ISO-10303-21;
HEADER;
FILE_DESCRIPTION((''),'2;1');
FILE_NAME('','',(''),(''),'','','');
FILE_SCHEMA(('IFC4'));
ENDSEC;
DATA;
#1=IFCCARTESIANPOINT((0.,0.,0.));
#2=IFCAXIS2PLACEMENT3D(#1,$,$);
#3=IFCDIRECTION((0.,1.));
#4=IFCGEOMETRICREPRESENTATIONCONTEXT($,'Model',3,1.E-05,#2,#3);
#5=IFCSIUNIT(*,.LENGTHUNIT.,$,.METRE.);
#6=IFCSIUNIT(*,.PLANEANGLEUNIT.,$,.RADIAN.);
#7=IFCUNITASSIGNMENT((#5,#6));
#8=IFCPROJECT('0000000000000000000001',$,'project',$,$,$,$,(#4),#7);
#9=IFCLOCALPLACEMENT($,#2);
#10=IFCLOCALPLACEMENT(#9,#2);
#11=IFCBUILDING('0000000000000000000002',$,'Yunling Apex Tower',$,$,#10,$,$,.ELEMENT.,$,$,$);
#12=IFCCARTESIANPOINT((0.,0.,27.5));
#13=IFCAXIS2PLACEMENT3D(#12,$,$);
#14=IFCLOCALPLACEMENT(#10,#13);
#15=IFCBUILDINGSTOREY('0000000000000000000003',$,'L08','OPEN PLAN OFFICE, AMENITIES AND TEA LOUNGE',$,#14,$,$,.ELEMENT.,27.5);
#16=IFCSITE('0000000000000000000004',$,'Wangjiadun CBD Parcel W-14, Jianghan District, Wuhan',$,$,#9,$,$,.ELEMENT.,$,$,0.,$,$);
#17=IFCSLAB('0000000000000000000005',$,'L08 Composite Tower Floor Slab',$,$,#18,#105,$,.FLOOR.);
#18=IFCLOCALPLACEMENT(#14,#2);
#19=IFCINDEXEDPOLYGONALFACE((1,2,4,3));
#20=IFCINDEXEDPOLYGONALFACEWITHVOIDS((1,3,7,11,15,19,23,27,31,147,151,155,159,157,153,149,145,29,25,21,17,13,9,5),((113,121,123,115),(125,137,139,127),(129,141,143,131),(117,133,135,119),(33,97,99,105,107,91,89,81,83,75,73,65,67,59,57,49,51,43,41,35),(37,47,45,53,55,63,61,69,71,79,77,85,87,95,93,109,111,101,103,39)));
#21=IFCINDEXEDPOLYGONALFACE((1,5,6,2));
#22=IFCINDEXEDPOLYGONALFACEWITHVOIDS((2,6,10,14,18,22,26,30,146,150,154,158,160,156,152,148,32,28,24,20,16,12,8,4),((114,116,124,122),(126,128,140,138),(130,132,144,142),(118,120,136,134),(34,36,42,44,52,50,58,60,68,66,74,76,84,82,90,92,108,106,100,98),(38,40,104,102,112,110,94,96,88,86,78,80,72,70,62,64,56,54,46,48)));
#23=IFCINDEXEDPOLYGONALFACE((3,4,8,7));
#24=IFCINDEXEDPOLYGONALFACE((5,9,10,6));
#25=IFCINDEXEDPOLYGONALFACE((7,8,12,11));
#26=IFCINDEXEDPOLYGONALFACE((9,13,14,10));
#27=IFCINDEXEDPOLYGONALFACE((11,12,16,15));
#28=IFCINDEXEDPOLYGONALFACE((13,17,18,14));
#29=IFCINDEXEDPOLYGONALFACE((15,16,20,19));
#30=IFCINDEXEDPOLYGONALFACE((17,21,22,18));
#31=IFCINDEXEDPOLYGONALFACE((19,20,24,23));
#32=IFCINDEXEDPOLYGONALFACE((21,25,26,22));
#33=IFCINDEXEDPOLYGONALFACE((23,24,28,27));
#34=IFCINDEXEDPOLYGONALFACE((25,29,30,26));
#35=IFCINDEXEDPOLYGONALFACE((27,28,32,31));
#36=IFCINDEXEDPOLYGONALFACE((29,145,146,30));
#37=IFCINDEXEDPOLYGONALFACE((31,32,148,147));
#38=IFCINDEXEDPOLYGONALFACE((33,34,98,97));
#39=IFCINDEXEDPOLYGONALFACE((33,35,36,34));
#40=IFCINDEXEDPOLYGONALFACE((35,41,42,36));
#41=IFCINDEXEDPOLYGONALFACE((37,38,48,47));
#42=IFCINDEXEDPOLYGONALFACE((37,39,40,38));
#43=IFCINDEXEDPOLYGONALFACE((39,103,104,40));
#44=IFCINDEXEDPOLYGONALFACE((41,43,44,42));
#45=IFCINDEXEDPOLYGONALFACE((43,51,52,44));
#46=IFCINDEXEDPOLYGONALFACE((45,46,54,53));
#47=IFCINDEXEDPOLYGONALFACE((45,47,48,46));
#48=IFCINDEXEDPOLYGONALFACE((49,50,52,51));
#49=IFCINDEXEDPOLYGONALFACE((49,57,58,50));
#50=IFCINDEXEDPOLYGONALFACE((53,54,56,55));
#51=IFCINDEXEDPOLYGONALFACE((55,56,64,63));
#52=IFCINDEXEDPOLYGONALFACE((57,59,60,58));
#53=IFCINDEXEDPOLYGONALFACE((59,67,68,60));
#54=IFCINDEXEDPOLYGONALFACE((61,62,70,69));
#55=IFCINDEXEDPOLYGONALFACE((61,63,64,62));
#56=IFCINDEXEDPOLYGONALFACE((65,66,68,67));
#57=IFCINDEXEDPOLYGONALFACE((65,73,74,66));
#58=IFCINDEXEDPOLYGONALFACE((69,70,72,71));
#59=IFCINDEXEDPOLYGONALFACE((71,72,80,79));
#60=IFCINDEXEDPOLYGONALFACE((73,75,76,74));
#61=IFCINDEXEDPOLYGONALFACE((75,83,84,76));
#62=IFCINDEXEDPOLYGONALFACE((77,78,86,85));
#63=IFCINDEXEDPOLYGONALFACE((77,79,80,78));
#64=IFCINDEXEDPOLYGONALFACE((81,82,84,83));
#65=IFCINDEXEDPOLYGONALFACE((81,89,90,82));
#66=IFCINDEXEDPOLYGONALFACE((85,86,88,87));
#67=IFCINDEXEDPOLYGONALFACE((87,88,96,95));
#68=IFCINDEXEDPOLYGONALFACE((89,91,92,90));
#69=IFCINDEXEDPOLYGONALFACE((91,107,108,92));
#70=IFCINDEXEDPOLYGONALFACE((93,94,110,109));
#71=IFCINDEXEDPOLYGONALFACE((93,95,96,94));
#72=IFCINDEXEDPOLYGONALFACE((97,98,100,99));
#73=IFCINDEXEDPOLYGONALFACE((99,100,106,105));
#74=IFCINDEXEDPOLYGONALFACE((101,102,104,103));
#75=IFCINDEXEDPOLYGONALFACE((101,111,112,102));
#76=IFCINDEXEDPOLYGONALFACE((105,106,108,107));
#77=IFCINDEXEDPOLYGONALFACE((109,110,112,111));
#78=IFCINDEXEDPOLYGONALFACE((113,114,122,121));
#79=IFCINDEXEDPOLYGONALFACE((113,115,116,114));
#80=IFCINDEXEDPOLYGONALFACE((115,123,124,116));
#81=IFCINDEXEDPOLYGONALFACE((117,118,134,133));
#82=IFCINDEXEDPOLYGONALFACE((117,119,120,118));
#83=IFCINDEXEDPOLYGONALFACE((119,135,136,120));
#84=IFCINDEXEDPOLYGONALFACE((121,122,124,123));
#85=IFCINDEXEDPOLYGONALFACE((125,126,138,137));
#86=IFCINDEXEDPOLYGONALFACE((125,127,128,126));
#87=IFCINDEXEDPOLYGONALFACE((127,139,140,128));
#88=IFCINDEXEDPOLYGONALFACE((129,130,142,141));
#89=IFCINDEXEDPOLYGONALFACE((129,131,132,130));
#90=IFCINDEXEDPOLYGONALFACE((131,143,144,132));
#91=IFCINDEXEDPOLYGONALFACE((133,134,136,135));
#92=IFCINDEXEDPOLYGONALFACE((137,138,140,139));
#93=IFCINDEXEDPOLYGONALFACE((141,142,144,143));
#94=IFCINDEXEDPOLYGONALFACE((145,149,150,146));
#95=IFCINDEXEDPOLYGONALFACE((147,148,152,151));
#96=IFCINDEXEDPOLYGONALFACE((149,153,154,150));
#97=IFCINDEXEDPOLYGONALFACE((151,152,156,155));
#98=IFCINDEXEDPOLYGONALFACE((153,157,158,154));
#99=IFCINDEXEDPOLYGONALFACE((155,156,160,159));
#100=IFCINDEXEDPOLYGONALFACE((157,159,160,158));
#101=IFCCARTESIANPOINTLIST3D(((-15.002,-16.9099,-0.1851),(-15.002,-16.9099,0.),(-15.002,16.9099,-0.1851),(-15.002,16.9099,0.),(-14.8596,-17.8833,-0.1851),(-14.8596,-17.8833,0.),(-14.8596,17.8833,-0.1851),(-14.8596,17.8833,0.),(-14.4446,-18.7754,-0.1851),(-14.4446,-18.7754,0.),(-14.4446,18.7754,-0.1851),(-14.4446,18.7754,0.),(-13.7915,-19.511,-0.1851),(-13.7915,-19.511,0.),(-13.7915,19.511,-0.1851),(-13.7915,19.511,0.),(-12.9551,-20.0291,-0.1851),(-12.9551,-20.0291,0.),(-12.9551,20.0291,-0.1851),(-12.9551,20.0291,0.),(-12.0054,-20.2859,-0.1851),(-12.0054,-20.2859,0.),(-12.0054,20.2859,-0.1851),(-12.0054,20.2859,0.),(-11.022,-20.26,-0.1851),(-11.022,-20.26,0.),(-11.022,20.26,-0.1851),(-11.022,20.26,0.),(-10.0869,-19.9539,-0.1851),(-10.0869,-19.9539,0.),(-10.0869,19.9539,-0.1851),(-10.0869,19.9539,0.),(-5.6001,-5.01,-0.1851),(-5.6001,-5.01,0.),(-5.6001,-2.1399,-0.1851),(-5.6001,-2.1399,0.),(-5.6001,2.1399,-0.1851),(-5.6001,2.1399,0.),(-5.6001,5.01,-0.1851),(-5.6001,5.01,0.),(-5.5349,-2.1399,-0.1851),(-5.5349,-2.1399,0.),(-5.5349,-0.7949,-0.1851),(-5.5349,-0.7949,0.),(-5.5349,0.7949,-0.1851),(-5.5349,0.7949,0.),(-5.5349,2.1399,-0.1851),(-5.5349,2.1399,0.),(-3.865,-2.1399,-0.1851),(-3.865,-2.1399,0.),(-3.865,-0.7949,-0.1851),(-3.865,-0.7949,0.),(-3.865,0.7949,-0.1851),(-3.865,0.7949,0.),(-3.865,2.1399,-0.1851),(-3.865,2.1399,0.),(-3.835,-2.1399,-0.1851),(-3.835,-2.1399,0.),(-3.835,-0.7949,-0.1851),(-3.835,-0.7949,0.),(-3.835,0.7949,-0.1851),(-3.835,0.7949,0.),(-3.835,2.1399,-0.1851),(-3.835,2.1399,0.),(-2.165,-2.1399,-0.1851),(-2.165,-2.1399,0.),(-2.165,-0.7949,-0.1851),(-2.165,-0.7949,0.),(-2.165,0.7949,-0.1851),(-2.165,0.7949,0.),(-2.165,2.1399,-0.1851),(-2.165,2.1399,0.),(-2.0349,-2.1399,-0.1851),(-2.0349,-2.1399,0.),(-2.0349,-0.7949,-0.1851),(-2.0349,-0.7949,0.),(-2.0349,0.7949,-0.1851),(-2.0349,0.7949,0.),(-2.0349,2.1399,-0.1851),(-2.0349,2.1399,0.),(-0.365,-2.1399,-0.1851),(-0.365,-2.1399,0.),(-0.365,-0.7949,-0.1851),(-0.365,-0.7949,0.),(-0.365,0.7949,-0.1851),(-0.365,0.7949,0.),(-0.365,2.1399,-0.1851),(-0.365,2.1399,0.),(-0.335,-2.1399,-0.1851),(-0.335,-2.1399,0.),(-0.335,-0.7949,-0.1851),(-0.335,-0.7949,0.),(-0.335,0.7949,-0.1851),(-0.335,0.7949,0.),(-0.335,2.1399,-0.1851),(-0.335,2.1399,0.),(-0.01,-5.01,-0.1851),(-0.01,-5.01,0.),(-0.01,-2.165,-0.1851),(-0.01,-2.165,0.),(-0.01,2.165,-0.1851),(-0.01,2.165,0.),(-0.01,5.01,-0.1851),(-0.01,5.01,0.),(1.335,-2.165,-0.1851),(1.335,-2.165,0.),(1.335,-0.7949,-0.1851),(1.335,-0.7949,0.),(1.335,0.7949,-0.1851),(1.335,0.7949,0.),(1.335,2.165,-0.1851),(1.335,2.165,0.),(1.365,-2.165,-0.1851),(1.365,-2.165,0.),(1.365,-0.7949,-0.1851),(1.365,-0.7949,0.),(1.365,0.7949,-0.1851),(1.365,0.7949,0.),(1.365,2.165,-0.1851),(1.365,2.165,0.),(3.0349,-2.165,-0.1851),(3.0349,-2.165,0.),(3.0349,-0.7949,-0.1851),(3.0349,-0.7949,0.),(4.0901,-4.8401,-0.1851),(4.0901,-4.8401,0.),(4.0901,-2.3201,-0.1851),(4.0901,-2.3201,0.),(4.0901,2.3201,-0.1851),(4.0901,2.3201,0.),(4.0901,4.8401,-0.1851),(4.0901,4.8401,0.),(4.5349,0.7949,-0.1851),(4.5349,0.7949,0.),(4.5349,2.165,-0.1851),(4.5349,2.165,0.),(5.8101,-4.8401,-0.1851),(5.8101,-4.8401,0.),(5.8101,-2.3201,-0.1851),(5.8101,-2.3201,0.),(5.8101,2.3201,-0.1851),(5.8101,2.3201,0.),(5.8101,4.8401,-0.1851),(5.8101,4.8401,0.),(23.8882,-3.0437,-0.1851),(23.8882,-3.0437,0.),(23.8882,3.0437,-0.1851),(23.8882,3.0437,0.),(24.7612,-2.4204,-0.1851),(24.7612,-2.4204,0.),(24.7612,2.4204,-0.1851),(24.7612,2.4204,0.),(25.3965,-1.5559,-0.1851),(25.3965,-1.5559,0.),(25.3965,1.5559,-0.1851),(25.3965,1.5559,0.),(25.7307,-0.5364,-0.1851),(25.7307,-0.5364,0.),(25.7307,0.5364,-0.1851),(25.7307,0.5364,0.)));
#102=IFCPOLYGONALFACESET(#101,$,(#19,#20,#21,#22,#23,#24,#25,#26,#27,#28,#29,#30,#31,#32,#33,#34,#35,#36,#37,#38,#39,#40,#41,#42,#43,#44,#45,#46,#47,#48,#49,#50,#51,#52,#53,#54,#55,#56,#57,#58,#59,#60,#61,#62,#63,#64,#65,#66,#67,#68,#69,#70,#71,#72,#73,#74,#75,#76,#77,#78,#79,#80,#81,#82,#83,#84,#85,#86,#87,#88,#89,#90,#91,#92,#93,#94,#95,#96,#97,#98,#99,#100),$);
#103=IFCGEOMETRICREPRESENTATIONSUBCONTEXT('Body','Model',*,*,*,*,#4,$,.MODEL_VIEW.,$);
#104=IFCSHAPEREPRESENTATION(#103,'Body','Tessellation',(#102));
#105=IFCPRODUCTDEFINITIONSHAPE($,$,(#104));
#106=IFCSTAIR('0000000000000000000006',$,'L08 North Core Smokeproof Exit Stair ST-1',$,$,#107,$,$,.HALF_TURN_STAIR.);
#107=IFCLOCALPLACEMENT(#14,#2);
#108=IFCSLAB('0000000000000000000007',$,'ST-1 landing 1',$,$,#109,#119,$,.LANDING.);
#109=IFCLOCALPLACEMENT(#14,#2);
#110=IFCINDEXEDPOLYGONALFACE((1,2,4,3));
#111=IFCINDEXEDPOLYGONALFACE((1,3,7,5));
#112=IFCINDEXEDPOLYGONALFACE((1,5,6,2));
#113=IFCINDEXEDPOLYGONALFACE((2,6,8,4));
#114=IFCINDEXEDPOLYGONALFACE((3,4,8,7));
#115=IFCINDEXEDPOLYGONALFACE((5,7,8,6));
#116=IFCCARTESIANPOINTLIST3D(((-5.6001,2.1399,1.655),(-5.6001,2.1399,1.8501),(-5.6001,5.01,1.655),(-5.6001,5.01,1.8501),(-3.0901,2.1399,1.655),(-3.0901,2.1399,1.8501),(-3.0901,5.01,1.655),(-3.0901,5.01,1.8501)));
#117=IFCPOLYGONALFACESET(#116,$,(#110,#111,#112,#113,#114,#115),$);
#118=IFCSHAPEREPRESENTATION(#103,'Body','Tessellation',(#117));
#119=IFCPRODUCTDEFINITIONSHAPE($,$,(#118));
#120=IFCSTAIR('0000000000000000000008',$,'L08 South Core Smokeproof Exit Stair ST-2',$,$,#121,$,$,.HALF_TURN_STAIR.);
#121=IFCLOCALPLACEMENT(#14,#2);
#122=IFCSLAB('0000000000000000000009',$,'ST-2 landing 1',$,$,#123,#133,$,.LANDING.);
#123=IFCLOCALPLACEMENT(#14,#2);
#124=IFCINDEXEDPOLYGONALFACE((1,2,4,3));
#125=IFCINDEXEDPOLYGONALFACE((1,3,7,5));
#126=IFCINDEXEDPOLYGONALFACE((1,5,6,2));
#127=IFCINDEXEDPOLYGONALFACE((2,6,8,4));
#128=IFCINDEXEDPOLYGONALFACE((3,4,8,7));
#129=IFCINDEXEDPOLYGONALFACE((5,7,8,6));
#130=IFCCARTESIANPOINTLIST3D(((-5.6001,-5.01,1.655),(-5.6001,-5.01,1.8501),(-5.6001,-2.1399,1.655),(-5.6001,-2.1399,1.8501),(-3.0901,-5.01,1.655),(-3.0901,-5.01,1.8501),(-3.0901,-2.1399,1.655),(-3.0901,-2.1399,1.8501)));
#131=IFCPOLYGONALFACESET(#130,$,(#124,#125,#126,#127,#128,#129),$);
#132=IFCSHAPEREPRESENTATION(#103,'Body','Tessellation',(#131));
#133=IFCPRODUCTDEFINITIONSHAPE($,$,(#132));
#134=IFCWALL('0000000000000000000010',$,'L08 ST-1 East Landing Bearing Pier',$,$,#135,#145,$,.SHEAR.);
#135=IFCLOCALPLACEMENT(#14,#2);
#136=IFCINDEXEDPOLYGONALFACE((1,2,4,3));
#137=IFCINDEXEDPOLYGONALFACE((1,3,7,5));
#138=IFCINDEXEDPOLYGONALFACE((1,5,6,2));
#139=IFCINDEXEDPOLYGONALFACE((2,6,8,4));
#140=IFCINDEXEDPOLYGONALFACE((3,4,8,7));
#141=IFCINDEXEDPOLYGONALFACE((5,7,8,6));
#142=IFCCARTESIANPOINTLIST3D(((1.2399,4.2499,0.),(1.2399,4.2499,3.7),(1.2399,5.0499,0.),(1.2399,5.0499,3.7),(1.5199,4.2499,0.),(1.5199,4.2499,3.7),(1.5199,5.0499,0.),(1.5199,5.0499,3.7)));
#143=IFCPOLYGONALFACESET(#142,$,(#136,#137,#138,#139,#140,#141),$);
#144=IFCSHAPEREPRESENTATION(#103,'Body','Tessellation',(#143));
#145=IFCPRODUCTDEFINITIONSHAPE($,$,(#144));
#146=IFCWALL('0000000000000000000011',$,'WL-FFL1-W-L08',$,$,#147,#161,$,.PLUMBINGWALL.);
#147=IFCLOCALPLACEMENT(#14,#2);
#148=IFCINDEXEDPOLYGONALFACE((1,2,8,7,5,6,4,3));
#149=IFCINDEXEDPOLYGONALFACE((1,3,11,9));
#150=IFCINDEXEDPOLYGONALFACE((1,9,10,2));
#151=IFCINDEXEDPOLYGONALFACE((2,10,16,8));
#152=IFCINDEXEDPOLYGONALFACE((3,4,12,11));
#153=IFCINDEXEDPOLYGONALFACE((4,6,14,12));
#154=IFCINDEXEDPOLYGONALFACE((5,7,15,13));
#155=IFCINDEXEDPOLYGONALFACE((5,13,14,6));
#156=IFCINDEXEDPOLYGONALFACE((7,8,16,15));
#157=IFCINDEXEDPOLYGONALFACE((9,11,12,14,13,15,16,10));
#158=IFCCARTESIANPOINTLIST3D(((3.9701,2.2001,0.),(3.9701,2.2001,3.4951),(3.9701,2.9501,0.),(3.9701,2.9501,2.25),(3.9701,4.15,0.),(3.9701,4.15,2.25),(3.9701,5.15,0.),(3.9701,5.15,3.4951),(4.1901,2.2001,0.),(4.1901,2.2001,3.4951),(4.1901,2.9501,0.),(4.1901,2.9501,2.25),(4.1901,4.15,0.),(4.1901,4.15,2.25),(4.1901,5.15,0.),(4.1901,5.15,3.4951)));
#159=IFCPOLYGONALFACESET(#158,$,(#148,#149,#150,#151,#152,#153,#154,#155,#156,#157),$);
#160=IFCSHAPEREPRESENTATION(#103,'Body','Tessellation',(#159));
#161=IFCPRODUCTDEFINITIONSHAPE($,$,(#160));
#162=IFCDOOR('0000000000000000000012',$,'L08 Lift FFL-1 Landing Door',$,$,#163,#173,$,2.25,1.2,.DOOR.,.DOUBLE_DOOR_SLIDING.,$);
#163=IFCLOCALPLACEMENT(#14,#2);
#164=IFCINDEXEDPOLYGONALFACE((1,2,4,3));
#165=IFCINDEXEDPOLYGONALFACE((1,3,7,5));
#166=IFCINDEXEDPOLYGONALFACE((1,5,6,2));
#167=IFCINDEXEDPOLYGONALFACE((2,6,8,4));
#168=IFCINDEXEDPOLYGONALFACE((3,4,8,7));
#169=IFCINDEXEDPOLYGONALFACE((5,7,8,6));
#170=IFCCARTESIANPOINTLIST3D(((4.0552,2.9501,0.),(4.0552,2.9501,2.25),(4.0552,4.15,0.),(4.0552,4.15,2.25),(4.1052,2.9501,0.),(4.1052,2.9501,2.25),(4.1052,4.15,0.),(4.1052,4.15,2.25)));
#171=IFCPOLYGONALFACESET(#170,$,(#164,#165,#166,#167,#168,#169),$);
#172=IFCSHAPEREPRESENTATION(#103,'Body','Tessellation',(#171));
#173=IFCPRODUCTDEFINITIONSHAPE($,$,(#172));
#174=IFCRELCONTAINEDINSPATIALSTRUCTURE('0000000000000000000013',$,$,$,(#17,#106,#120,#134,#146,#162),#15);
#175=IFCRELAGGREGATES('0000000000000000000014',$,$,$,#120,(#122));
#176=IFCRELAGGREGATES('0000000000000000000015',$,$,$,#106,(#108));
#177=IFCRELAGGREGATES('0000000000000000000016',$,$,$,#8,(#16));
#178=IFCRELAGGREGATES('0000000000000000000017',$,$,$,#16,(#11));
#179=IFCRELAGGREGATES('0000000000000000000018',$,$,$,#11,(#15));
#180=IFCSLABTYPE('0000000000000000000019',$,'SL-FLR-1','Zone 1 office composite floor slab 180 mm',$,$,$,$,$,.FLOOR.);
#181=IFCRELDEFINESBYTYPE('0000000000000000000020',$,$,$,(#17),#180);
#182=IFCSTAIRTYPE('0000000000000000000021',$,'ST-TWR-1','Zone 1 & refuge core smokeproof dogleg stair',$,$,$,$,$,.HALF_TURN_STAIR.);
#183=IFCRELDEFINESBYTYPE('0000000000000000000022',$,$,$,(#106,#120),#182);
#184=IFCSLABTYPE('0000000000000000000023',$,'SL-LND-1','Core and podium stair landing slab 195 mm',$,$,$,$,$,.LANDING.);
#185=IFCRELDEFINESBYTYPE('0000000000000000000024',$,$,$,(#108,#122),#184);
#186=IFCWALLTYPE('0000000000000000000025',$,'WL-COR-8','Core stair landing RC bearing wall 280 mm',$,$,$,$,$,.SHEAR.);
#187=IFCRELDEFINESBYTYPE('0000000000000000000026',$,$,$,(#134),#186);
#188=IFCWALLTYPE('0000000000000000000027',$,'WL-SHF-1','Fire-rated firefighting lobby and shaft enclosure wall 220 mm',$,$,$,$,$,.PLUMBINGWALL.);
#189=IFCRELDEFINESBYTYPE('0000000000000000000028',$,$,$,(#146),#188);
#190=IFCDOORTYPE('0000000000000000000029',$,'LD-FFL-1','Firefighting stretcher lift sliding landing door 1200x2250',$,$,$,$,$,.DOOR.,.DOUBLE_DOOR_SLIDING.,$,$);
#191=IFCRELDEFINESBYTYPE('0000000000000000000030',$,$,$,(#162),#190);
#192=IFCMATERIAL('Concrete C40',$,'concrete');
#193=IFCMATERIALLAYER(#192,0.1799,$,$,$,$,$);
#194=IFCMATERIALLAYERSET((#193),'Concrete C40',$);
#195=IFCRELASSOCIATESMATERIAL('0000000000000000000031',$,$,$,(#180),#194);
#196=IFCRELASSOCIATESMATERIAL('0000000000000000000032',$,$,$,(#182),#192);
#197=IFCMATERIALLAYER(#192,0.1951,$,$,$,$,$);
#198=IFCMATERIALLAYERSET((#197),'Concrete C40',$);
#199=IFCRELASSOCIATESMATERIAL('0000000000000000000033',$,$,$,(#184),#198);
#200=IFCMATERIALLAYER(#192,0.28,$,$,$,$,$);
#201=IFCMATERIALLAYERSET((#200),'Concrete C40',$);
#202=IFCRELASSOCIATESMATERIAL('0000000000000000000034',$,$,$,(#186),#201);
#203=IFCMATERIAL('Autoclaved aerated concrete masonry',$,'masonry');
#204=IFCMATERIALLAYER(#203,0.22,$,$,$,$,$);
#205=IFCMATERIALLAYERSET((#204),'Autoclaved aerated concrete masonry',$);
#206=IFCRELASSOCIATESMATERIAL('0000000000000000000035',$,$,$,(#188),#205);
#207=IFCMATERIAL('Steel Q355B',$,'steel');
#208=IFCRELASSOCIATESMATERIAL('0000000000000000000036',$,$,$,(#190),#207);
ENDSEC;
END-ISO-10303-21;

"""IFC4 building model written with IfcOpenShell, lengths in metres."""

from ifc_helpers import new_model, si_unit, direction, frame, frame_2d, origin, place, context, subcontext, project, spatial, polyline, rectangle, outline, extrude, material, layer, layer_set, type_object, element, fill, aggregate, save


model = new_model("IFC4")

# Units and contexts
model_context = context("Model", 3, precision=1e-05, world=origin(), true_north=direction((0.0, 1.0)))
body_context = subcontext(model_context, "Body", "Model", "MODEL_VIEW")
ifc_project = project(units=[si_unit("LENGTHUNIT", "METRE"), si_unit("PLANEANGLEUNIT", "RADIAN")], contexts=[model_context])

# Site, building, storey
site_placement = place(None, origin())
site = spatial("IfcSite", under=ifc_project, at=site_placement, Name="Wangjiadun CBD Parcel W-14, Jianghan District, Wuhan", CompositionType="ELEMENT", RefElevation=0.0)
building_placement = place(site_placement, origin())
building = spatial("IfcBuilding", under=site, at=building_placement, Name="Yunling Apex Tower", CompositionType="ELEMENT")
storey_placement = place(building_placement, frame((0.0, 0.0, 27.5)))
storey = spatial("IfcBuildingStorey", under=building, at=storey_placement, Name="L08", Description="OPEN PLAN OFFICE, AMENITIES AND TEA LOUNGE", CompositionType="ELEMENT", Elevation=27.5)

# Slab
ifc_material_1 = material(Name="Concrete C40", Category="concrete")
ifc_layer_1 = layer(ifc_material_1, 0.1799)
ifc_layer_set_1 = layer_set([ifc_layer_1], Name="Concrete C40")
slab_type_1 = type_object("IfcSlabType", Name="SL-FLR-1", Description="Zone 1 office composite floor slab 180 mm", PredefinedType="FLOOR", material=ifc_layer_set_1)
slab_1_placement = place(storey_placement, frame((0.0, 0.0, -0.1851)))
element("IfcSlab", 1, at=slab_1_placement, inside=storey, type_object=slab_type_1, Name="L08 Composite Tower Floor Slab", PredefinedType="FLOOR", context=body_context, shape_type="SweptSolid", body=[
    extrude(outline(polyline([(-15.002, -16.9099), (-14.8596, -17.8833), (-14.4446, -18.7754), (-13.7915, -19.511), (-12.9551, -20.0291), (-12.0054, -20.2859), (-11.022, -20.26), (-10.0869, -19.9539), (23.8882, -3.0437), (24.7612, -2.4204), (25.3965, -1.5559), (25.7307, -0.5364), (25.7307, 0.5364), (25.3965, 1.5559), (24.7612, 2.4204), (23.8882, 3.0437), (-10.0869, 19.9539), (-11.022, 20.26), (-12.0054, 20.2859), (-12.9551, 20.0291), (-13.7915, 19.511), (-14.4446, 18.7754), (-14.8596, 17.8833), (-15.002, 16.9099), (-15.002, -16.9099)]), holes=[polyline([(5.8101, -2.3201), (5.8101, -4.8401), (4.0901, -4.8401), (4.0901, -2.3201), (5.8101, -2.3201)]), polyline([(5.8101, 4.8401), (5.8101, 2.3201), (4.0901, 2.3201), (4.0901, 4.8401), (5.8101, 4.8401)]), polyline([(1.365, 2.165), (4.5349, 2.165), (4.5349, 0.7949), (1.365, 0.7949), (1.365, 2.165)]), polyline([(3.0349, -0.7949), (3.0349, -2.165), (1.365, -2.165), (1.365, -0.7949), (3.0349, -0.7949)]), polyline([(-5.5349, -0.7949), (-3.865, -0.7949), (-3.865, -2.1399), (-3.835, -2.1399), (-3.835, -0.7949), (-2.165, -0.7949), (-2.165, -2.1399), (-2.0349, -2.1399), (-2.0349, -0.7949), (-0.365, -0.7949), (-0.365, -2.1399), (-0.335, -2.1399), (-0.335, -0.7949), (1.335, -0.7949), (1.335, -2.165), (-0.01, -2.165), (-0.01, -5.01), (-5.6001, -5.01), (-5.6001, -2.1399), (-5.5349, -2.1399), (-5.5349, -0.7949)]), polyline([(-5.6001, 2.1399), (-5.6001, 5.01), (-0.01, 5.01), (-0.01, 2.165), (1.335, 2.165), (1.335, 0.7949), (-0.335, 0.7949), (-0.335, 2.1399), (-0.365, 2.1399), (-0.365, 0.7949), (-2.0349, 0.7949), (-2.0349, 2.1399), (-2.165, 2.1399), (-2.165, 0.7949), (-3.835, 0.7949), (-3.835, 2.1399), (-3.865, 2.1399), (-3.865, 0.7949), (-5.5349, 0.7949), (-5.5349, 2.1399), (-5.6001, 2.1399)])]), origin(), (0.0, 0.0, 1.0), 0.1851),
])

# Stairs, slabs
stair_type = type_object("IfcStairType", Name="ST-TWR-1", Description="Zone 1 & refuge core smokeproof dogleg stair", PredefinedType="HALF_TURN_STAIR", material=ifc_material_1)
stair_1_placement = place(storey_placement, origin())
stair_1 = element("IfcStair", 2, at=stair_1_placement, inside=storey, type_object=stair_type, Name="L08 North Core Smokeproof Exit Stair ST-1", PredefinedType="HALF_TURN_STAIR")
ifc_layer_2 = layer(ifc_material_1, 0.1951)
ifc_layer_set_2 = layer_set([ifc_layer_2], Name="Concrete C40")
slab_type_2 = type_object("IfcSlabType", Name="SL-LND-1", Description="Core and podium stair landing slab 195 mm", PredefinedType="LANDING", material=ifc_layer_set_2)
slab_2_placement = place(storey_placement, frame((0.0, 0.0, 1.655)))
slab_2 = element("IfcSlab", 3, at=slab_2_placement, type_object=slab_type_2, Name="ST-1 landing 1", PredefinedType="LANDING", context=body_context, shape_type="SweptSolid", body=[
    extrude(outline(polyline([(-3.0901, 5.01), (-5.6001, 5.01), (-5.6001, 2.1399), (-3.0901, 2.1399), (-3.0901, 5.01)])), origin(), (0.0, 0.0, 1.0), 0.1951),
])
stair_2_placement = place(storey_placement, origin())
stair_2 = element("IfcStair", 4, at=stair_2_placement, inside=storey, type_object=stair_type, Name="L08 South Core Smokeproof Exit Stair ST-2", PredefinedType="HALF_TURN_STAIR")
slab_3_placement = place(storey_placement, frame((0.0, 0.0, 1.655)))
slab_3 = element("IfcSlab", 5, at=slab_3_placement, type_object=slab_type_2, Name="ST-2 landing 1", PredefinedType="LANDING", context=body_context, shape_type="SweptSolid", body=[
    extrude(outline(polyline([(-3.0901, -2.1399), (-5.6001, -2.1399), (-5.6001, -5.01), (-3.0901, -5.01), (-3.0901, -2.1399)])), origin(), (0.0, 0.0, 1.0), 0.1951),
])
aggregate(stair_2, [slab_3])

# Wall
ifc_layer_3 = layer(ifc_material_1, 0.28)
ifc_layer_set_3 = layer_set([ifc_layer_3], Name="Concrete C40")
wall_type_1 = type_object("IfcWallType", Name="WL-COR-8", Description="Core stair landing RC bearing wall 280 mm", PredefinedType="SHEAR", material=ifc_layer_set_3)
wall_1_placement = place(storey_placement, frame((1.3799, 4.25, 0.0), z_axis=(0.0, 0.0, 1.0), x_axis=(0.0, 1.0, 0.0)))
element("IfcWall", 6, at=wall_1_placement, inside=storey, type_object=wall_type_1, Name="L08 ST-1 East Landing Bearing Pier", PredefinedType="SHEAR", context=body_context, shape_type="SweptSolid", body=[
    extrude(rectangle(XDim=0.8, YDim=0.28, at=frame_2d((0.3999, 0.0))), origin(), (0.0, 0.0, 1.0), 3.7),
])

# Wall, opening, door
ifc_material_2 = material(Name="Autoclaved aerated concrete masonry", Category="masonry")
ifc_layer_4 = layer(ifc_material_2, 0.22)
ifc_layer_set_4 = layer_set([ifc_layer_4], Name="Autoclaved aerated concrete masonry")
wall_type_2 = type_object("IfcWallType", Name="WL-SHF-1", Description="Fire-rated firefighting lobby and shaft enclosure wall 220 mm", PredefinedType="PLUMBINGWALL", material=ifc_layer_set_4)
ifc_material_3 = material(Name="Steel Q355B", Category="steel")
wall_2_placement = place(storey_placement, frame((4.0801, 2.2, 0.0), z_axis=(0.0, 0.0, 1.0), x_axis=(0.0, 1.0, 0.0)))
wall_2 = element("IfcWall", 7, at=wall_2_placement, inside=storey, type_object=wall_type_2, Name="WL-FFL1-W-L08", PredefinedType="PLUMBINGWALL", context=body_context, shape_type="SweptSolid", body=[
    extrude(rectangle(XDim=2.95, YDim=0.22, at=frame_2d((1.4751, 0.0))), origin(), (0.0, 0.0, 1.0), 3.4951),
])
opening_1_placement = place(wall_2_placement, frame((0.75, 0.0, 0.0)))
opening_1 = element("IfcOpeningElement", 8, at=opening_1_placement, cuts=wall_2, PredefinedType="OPENING", context=body_context, shape_type="SweptSolid", body=[
    extrude(rectangle(XDim=1.2, YDim=2.25, at=frame_2d((0.6001, 1.125))), frame((0.0, 0.1201, 0.0), z_axis=(0.0, -1.0, 0.0), x_axis=(1.0, 0.0, 0.0)), (0.0, 0.0, 1.0), 0.24),
])
door_type_1 = type_object("IfcDoorType", Name="LD-FFL-1", Description="Firefighting stretcher lift sliding landing door 1200x2250", OperationType="DOUBLE_DOOR_SLIDING", PredefinedType="DOOR", material=ifc_material_3)
door_1_placement = place(opening_1_placement, origin())
door_1 = element("IfcDoor", 9, at=door_1_placement, inside=storey, type_object=door_type_1, Name="L08 Lift FFL-1 Landing Door", OperationType="DOUBLE_DOOR_SLIDING", OverallHeight=2.25, OverallWidth=1.2, PredefinedType="DOOR", context=body_context, shape_type="SweptSolid", body=[
    extrude(rectangle(XDim=1.2, YDim=2.25, at=frame_2d((0.6001, 1.125))), frame((0.0, 0.0249, 0.0), z_axis=(0.0, -1.0, 0.0), x_axis=(1.0, 0.0, 0.0)), (0.0, 0.0, 1.0), 0.05),
])
fill(opening_1, door_1)

aggregate(stair_1, [slab_2])

save(model, "model.ifc")
